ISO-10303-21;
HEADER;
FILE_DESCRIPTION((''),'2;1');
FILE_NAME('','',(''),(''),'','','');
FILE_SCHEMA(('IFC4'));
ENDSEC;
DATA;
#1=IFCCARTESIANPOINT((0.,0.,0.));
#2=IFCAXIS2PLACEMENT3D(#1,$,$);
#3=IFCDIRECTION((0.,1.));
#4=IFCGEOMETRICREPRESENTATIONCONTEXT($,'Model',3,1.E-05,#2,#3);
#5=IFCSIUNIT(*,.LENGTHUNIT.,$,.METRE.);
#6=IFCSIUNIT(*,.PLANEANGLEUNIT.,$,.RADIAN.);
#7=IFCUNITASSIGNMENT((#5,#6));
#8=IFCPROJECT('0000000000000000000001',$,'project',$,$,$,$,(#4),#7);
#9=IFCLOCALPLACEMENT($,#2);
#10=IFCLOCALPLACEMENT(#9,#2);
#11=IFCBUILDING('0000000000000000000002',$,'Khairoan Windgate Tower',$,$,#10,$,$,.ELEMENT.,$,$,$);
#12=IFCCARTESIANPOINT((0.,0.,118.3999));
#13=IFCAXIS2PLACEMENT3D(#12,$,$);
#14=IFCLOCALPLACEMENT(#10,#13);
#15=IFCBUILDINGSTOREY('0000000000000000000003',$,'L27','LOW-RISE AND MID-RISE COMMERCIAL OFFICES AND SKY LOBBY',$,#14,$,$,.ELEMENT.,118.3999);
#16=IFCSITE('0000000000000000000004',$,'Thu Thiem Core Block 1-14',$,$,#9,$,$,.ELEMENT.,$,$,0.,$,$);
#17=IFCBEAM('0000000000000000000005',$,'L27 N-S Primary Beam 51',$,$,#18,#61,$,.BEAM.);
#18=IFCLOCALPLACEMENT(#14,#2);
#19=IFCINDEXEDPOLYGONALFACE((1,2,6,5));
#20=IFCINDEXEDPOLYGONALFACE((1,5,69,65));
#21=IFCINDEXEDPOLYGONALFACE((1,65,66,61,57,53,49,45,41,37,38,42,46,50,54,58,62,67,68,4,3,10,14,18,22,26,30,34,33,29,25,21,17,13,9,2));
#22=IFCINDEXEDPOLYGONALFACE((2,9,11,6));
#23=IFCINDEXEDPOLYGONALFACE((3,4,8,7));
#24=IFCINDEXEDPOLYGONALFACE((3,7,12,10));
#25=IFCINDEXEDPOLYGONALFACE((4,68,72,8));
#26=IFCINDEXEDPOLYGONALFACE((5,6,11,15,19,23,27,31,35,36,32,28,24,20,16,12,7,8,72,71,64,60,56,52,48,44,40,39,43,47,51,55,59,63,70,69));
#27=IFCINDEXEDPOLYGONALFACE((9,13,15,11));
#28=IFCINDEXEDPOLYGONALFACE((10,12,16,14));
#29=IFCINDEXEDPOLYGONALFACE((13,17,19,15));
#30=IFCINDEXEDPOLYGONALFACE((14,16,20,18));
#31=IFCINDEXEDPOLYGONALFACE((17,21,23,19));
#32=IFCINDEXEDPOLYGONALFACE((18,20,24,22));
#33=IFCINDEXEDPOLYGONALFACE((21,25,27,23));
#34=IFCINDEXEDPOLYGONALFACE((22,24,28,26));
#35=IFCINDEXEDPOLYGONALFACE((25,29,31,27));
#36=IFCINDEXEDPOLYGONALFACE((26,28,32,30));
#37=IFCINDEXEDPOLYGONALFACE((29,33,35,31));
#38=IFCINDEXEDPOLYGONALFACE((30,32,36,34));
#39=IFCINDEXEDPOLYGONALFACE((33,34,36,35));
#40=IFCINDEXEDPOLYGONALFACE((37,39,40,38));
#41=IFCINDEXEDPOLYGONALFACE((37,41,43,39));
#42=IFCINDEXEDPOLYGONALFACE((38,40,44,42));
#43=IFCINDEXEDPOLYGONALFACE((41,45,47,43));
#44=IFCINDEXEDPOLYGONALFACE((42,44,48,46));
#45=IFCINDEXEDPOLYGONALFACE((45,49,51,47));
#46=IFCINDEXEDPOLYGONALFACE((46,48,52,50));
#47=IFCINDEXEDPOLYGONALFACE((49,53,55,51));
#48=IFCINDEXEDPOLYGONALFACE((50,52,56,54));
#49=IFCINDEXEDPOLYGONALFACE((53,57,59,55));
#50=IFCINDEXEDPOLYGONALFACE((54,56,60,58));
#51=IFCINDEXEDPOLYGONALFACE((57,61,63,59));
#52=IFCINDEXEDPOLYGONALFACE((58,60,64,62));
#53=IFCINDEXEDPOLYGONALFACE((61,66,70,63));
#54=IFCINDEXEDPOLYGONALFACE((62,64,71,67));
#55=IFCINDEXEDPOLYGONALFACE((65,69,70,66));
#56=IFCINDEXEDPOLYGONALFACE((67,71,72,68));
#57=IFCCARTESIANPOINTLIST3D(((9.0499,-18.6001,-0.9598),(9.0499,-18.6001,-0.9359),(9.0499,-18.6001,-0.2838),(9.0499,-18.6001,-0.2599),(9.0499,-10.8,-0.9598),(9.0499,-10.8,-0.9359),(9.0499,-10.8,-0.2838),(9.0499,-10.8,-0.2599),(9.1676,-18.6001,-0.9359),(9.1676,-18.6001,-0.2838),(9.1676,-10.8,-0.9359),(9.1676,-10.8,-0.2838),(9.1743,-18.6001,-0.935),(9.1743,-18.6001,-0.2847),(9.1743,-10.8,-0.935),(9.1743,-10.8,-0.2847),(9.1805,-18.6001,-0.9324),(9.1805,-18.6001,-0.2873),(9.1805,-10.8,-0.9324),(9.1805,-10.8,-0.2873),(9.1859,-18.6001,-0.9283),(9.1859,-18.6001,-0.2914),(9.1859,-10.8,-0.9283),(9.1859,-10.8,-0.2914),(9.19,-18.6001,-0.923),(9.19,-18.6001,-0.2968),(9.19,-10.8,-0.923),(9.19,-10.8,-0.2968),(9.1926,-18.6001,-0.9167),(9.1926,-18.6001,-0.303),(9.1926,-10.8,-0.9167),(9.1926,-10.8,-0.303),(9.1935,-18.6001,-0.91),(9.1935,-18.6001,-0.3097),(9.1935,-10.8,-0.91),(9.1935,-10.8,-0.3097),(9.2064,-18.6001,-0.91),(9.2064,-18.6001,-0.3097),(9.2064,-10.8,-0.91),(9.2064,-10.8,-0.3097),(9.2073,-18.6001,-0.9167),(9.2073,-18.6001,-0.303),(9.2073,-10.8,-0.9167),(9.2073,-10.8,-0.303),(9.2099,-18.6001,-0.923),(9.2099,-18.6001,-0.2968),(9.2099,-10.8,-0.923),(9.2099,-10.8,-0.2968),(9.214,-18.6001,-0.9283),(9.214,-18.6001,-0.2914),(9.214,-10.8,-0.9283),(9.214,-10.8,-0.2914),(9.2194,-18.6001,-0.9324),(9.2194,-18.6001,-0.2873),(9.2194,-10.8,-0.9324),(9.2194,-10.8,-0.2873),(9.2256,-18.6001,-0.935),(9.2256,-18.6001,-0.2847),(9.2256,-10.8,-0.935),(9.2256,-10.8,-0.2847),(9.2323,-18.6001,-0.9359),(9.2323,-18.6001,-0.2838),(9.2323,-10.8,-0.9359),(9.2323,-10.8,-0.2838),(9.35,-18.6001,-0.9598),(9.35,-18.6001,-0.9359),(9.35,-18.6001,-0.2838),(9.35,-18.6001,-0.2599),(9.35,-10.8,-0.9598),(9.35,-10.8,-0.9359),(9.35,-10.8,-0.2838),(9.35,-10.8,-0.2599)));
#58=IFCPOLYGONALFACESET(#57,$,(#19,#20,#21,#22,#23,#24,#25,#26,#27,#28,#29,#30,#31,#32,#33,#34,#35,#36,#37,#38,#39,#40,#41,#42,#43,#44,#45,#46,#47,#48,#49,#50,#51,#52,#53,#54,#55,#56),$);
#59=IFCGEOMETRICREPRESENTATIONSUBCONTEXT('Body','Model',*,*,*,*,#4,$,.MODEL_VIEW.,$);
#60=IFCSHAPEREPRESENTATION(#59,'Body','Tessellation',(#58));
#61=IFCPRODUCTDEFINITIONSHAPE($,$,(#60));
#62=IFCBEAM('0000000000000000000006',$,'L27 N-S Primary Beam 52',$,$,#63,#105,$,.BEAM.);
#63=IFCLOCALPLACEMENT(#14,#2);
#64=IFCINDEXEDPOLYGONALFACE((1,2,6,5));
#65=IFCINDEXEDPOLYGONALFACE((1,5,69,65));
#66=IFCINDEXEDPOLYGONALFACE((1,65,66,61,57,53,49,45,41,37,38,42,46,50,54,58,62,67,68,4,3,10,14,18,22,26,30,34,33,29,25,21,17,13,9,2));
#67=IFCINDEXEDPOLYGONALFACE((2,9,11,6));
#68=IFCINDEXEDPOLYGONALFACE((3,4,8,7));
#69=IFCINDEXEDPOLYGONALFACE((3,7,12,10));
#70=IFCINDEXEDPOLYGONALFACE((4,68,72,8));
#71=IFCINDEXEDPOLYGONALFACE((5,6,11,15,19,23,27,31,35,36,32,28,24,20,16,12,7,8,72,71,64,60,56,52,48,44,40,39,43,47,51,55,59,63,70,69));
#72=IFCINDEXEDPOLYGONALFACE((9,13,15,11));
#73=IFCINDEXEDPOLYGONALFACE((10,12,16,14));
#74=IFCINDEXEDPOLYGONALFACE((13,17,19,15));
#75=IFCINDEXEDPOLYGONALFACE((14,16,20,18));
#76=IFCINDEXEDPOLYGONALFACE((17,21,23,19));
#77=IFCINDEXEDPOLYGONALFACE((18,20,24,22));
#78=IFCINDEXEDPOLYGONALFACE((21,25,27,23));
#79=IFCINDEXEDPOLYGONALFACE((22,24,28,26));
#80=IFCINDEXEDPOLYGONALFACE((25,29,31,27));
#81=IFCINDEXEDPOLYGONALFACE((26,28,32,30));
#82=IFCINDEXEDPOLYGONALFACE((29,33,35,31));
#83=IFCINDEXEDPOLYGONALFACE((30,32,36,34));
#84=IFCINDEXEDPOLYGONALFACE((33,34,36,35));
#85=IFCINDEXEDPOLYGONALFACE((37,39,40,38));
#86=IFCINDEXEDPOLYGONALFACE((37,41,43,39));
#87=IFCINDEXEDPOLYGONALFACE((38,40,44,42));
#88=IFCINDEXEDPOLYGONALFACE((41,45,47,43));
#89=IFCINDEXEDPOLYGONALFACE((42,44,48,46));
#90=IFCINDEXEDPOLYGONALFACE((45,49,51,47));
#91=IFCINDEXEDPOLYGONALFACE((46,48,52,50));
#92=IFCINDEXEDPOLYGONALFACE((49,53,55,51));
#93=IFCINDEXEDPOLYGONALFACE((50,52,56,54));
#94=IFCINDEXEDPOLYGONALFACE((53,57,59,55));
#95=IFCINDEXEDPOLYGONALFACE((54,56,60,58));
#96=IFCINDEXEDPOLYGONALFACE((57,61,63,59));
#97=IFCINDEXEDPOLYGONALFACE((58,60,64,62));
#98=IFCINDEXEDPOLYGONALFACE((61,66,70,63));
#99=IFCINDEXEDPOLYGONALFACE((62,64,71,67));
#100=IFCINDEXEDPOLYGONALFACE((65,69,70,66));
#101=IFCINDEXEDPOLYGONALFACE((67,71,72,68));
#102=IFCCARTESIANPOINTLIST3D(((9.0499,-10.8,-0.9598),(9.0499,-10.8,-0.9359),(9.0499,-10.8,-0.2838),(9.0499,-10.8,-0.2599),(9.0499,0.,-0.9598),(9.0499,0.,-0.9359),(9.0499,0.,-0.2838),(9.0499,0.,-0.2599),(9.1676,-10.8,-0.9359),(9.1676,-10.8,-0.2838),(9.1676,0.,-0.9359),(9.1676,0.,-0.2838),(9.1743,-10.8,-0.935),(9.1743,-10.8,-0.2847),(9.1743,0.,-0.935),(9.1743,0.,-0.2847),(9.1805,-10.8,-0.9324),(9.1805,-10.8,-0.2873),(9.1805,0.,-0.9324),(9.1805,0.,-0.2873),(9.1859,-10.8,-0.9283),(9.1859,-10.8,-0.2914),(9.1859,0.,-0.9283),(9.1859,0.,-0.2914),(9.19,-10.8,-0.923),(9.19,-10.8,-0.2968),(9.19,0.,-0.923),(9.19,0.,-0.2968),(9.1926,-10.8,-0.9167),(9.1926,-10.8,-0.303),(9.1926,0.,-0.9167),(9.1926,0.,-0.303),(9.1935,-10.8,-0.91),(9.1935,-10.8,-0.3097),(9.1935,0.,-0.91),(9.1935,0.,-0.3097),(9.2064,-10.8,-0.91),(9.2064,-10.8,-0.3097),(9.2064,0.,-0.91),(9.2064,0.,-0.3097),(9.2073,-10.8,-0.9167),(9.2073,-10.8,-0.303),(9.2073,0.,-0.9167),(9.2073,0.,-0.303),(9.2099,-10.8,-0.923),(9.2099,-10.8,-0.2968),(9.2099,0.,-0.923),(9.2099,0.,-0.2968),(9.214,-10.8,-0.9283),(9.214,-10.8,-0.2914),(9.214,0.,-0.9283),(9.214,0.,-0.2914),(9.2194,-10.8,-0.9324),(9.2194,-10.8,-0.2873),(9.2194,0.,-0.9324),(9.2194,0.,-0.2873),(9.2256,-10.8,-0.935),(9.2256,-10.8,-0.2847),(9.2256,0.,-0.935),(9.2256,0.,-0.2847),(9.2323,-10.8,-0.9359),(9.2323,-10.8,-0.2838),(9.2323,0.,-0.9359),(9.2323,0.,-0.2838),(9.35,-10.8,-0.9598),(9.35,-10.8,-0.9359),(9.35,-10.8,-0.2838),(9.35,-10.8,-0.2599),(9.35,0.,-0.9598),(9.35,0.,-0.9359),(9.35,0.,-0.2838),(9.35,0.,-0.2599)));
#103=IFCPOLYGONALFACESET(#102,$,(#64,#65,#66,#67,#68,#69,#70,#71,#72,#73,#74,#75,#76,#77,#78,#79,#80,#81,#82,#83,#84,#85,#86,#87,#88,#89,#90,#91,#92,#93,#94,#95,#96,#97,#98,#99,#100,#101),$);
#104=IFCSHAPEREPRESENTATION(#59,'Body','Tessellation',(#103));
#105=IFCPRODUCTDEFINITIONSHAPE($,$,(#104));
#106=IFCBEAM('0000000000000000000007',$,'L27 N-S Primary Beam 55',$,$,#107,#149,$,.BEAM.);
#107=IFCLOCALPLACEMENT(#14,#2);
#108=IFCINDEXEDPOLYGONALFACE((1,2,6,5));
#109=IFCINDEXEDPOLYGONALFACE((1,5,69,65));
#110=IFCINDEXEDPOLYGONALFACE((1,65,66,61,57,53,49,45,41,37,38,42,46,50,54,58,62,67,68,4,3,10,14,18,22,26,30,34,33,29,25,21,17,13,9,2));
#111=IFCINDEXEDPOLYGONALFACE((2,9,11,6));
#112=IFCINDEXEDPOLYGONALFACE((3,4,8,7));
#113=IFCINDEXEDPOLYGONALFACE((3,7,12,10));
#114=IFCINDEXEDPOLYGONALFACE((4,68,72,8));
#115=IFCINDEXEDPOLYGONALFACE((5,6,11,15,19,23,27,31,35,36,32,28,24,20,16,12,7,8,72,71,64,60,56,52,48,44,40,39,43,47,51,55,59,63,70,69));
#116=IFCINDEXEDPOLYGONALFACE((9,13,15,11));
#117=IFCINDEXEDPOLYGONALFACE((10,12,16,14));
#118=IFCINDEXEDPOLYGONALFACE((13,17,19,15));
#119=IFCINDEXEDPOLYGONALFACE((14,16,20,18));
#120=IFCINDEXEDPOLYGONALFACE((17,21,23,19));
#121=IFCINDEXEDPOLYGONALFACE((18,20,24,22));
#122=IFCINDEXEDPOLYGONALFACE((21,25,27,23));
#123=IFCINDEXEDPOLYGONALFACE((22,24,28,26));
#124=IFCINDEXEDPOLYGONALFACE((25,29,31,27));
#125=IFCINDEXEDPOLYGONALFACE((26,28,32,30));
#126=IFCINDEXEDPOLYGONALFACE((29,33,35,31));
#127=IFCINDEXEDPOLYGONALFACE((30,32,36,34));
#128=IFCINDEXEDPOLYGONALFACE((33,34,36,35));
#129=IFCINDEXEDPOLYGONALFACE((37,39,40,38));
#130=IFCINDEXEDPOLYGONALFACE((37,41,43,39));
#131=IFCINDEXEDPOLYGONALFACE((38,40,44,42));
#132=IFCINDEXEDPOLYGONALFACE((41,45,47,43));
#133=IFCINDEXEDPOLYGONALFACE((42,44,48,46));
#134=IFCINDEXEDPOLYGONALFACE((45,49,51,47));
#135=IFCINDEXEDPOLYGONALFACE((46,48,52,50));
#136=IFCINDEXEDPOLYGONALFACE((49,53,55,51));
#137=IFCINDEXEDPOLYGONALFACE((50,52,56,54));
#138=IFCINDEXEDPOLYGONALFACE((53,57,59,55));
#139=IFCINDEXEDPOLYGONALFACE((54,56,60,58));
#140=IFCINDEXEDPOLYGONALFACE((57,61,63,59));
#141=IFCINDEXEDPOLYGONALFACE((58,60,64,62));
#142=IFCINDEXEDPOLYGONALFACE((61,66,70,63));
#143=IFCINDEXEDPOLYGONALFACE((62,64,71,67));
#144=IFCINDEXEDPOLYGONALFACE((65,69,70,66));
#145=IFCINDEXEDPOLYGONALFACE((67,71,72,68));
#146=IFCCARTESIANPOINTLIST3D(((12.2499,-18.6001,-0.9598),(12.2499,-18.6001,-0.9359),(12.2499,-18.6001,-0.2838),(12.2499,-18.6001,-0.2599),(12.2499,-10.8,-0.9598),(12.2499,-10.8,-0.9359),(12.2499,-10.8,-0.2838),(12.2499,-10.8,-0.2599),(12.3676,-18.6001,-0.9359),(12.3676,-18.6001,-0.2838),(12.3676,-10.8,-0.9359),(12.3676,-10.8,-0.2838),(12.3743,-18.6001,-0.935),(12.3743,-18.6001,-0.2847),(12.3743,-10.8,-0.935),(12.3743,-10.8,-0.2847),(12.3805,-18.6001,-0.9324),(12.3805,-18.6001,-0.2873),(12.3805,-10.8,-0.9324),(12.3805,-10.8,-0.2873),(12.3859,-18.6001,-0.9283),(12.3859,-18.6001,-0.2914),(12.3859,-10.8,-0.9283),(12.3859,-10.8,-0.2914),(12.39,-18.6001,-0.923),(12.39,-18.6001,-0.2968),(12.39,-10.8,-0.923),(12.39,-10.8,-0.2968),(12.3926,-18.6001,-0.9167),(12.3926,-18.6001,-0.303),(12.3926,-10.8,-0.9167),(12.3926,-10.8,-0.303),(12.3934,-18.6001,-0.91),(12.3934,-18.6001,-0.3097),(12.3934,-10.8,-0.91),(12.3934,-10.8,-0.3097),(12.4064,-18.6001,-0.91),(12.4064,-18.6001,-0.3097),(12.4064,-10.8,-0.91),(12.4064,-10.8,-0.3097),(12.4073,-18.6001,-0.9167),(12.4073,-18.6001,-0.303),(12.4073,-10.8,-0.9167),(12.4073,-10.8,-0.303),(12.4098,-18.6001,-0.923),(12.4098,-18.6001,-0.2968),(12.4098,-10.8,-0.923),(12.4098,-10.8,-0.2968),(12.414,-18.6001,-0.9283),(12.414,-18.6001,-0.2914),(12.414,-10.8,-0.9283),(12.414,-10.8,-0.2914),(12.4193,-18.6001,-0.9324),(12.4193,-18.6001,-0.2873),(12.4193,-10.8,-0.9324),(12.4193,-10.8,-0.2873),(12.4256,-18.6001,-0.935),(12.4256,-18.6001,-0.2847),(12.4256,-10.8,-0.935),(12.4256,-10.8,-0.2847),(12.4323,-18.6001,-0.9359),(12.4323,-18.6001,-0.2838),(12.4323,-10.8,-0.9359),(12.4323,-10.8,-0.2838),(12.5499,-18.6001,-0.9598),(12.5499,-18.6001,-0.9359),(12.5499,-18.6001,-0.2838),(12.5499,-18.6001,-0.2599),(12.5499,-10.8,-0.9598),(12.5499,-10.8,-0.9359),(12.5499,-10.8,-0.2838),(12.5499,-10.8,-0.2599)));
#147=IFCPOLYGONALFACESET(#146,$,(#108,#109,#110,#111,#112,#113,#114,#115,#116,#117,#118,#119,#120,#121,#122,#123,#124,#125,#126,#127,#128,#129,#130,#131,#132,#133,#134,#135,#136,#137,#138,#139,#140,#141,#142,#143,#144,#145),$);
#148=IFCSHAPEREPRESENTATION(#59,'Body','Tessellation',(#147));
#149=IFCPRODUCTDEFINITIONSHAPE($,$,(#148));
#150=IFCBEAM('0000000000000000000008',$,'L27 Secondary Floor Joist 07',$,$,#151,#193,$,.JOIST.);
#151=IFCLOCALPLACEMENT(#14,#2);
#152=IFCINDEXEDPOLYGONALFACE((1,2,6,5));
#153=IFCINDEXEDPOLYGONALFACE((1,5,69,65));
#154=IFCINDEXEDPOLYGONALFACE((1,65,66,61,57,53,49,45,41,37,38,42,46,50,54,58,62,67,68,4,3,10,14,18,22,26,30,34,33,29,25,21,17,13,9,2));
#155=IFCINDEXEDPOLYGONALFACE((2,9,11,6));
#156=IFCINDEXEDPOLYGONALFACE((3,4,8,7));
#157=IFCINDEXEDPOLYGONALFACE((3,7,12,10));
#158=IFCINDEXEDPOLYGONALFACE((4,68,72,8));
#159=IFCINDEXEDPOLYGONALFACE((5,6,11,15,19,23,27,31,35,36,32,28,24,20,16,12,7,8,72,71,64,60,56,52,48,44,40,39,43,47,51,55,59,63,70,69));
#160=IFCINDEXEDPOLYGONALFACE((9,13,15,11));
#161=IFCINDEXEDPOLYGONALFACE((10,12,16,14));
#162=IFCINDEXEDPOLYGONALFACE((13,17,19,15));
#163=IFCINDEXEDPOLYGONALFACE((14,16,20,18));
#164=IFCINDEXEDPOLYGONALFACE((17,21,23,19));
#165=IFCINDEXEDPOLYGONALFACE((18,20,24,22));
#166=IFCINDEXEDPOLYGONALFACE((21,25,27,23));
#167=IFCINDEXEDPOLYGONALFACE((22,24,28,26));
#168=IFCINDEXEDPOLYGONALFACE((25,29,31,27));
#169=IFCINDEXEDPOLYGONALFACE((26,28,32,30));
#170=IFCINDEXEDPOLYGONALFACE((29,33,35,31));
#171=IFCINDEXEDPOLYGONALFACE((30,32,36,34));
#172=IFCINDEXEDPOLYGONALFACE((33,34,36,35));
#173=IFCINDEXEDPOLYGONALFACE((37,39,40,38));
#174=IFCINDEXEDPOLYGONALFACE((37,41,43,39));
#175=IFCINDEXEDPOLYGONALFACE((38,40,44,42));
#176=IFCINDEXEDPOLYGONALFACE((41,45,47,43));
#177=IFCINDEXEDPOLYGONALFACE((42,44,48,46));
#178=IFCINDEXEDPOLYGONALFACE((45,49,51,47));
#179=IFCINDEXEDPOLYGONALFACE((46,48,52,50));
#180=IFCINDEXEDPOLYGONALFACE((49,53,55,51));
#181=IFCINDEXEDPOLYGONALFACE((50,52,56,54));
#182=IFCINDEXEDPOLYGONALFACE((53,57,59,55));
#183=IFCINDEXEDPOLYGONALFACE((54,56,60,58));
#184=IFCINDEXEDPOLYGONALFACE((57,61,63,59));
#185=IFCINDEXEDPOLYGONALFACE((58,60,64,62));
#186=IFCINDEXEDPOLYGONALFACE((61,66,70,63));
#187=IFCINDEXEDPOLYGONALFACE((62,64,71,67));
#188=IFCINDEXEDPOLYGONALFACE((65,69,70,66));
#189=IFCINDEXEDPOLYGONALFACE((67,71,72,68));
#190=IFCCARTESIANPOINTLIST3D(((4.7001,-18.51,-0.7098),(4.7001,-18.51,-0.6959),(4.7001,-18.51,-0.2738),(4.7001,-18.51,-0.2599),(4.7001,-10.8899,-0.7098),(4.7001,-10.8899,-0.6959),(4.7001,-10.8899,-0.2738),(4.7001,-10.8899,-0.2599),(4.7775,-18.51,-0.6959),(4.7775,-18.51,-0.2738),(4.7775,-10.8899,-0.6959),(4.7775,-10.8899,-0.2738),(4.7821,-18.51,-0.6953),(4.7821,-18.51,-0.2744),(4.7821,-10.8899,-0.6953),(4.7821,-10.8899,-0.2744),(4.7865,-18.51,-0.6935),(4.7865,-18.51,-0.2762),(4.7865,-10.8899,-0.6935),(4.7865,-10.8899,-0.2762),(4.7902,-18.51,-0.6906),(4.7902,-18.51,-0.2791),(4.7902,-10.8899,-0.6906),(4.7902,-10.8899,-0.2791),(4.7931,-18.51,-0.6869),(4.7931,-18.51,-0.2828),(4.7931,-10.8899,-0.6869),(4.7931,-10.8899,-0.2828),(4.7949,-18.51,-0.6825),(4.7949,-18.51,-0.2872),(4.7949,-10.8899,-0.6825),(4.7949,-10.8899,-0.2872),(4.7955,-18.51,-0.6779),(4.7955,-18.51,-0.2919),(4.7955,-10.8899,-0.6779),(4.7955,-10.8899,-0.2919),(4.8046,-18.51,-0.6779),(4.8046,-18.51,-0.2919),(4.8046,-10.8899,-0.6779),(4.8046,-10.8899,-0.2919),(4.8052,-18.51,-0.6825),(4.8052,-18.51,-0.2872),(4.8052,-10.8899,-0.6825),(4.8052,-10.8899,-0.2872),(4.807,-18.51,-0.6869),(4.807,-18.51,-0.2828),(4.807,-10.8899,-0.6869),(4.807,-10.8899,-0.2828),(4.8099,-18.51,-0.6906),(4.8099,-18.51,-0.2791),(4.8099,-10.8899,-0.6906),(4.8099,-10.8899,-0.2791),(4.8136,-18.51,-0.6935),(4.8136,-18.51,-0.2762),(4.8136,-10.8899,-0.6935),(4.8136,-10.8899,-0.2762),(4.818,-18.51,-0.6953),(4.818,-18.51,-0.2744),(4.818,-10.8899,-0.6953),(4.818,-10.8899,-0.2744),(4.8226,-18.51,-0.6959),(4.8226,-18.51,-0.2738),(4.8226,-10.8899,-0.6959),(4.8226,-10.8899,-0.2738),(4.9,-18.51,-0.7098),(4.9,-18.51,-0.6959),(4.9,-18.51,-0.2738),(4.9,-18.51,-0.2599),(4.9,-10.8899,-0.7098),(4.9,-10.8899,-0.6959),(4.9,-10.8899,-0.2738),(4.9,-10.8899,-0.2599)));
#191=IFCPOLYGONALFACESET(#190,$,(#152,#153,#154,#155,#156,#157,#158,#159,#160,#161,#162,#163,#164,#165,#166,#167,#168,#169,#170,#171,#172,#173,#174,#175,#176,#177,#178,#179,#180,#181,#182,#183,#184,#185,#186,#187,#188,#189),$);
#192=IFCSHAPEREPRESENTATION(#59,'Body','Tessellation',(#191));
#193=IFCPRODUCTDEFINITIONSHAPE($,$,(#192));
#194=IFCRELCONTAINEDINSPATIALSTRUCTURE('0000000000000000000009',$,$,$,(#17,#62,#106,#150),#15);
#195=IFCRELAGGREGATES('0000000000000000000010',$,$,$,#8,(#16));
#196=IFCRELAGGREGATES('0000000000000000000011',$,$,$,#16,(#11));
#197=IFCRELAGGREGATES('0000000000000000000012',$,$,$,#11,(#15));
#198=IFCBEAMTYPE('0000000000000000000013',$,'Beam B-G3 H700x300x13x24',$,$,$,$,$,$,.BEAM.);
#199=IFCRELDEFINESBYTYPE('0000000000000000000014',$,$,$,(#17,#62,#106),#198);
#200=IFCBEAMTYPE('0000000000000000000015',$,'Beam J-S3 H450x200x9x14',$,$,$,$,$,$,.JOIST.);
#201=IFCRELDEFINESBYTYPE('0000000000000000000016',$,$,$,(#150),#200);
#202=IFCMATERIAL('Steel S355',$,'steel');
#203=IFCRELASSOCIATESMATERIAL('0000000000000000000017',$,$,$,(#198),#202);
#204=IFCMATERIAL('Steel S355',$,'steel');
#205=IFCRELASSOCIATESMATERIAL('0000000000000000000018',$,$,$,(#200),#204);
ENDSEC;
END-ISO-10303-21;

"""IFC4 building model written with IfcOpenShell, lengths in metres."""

from ifc_helpers import new_model, si_unit, direction, frame, origin, origin_2d, place, context, subcontext, project, spatial, i_section, extrude, material, material_profile, profile_set, type_object, element, save


model = new_model("IFC4")

# Units and contexts
model_context = context("Model", 3, precision=1e-05, world=origin(), true_north=direction((0.0, 1.0)))
body_context = subcontext(model_context, "Body", "Model", "MODEL_VIEW")
ifc_project = project(units=[si_unit("LENGTHUNIT", "METRE"), si_unit("PLANEANGLEUNIT", "RADIAN")], contexts=[model_context])

# Site, building, storey
site_placement = place(None, origin())
site = spatial("IfcSite", under=ifc_project, at=site_placement, Name="Thu Thiem Core Block 1-14", CompositionType="ELEMENT", RefElevation=0.0)
building_placement = place(site_placement, origin())
building = spatial("IfcBuilding", under=site, at=building_placement, Name="Khairoan Windgate Tower", CompositionType="ELEMENT")
storey_placement = place(building_placement, frame((0.0, 0.0, 118.3999)))
storey = spatial("IfcBuildingStorey", under=building, at=storey_placement, Name="L27", Description="LOW-RISE AND MID-RISE COMMERCIAL OFFICES AND SKY LOBBY", CompositionType="ELEMENT", Elevation=118.3999)

# Beams
ifc_material_1 = material(Name="Steel S355", Category="steel")
ifc_material_profile_1 = material_profile(ifc_material_1, i_section(OverallWidth=0.3, OverallDepth=0.7, WebThickness=0.0129, FlangeThickness=0.0239, FilletRadius=0.0259, at=origin_2d()))
ifc_profile_set_1 = profile_set([ifc_material_profile_1], Name="Steel S355")
beam_type_1 = type_object("IfcBeamType", Name="Beam B-G3 H700x300x13x24", PredefinedType="BEAM", material=ifc_profile_set_1)
beam_1_placement = place(storey_placement, frame((9.2, -18.6001, -0.6099), z_axis=(0.0, 1.0, 0.0), x_axis=(-1.0, 0.0, 0.0)))
element("IfcBeam", 1, at=beam_1_placement, inside=storey, type_object=beam_type_1, Name="L27 N-S Primary Beam 51", PredefinedType="BEAM", context=body_context, shape_type="SweptSolid", body=[
    extrude(i_section(OverallWidth=0.3, OverallDepth=0.7, WebThickness=0.0129, FlangeThickness=0.0239, FilletRadius=0.0259, at=origin_2d()), origin(), (0.0, 0.0, 1.0), 7.8),
])
beam_2_placement = place(storey_placement, frame((9.2, -10.8, -0.6099), z_axis=(0.0, 1.0, 0.0), x_axis=(-1.0, 0.0, 0.0)))
element("IfcBeam", 2, at=beam_2_placement, inside=storey, type_object=beam_type_1, Name="L27 N-S Primary Beam 52", PredefinedType="BEAM", context=body_context, shape_type="SweptSolid", body=[
    extrude(i_section(OverallWidth=0.3, OverallDepth=0.7, WebThickness=0.0129, FlangeThickness=0.0239, FilletRadius=0.0259, at=origin_2d()), origin(), (0.0, 0.0, 1.0), 10.8),
])
beam_3_placement = place(storey_placement, frame((12.3999, -18.6001, -0.6099), z_axis=(0.0, 1.0, 0.0), x_axis=(-1.0, 0.0, 0.0)))
element("IfcBeam", 3, at=beam_3_placement, inside=storey, type_object=beam_type_1, Name="L27 N-S Primary Beam 55", PredefinedType="BEAM", context=body_context, shape_type="SweptSolid", body=[
    extrude(i_section(OverallWidth=0.3, OverallDepth=0.7, WebThickness=0.0129, FlangeThickness=0.0239, FilletRadius=0.0259, at=origin_2d()), origin(), (0.0, 0.0, 1.0), 7.8),
])
ifc_material_2 = material(Name="Steel S355", Category="steel")
ifc_material_profile_2 = material_profile(ifc_material_2, i_section(OverallWidth=0.2, OverallDepth=0.45, WebThickness=0.009, FlangeThickness=0.0139, FilletRadius=0.0181, at=origin_2d()))
ifc_profile_set_2 = profile_set([ifc_material_profile_2], Name="Steel S355")
beam_type_2 = type_object("IfcBeamType", Name="Beam J-S3 H450x200x9x14", PredefinedType="JOIST", material=ifc_profile_set_2)
beam_4_placement = place(storey_placement, frame((4.8, -18.51, -0.4849), z_axis=(0.0, 1.0, 0.0), x_axis=(-1.0, 0.0, 0.0)))
element("IfcBeam", 4, at=beam_4_placement, inside=storey, type_object=beam_type_2, Name="L27 Secondary Floor Joist 07", PredefinedType="JOIST", context=body_context, shape_type="SweptSolid", body=[
    extrude(i_section(OverallWidth=0.2, OverallDepth=0.45, WebThickness=0.009, FlangeThickness=0.0139, FilletRadius=0.0181, at=origin_2d()), origin(), (0.0, 0.0, 1.0), 7.6201),
])

save(model, "model.ifc")
